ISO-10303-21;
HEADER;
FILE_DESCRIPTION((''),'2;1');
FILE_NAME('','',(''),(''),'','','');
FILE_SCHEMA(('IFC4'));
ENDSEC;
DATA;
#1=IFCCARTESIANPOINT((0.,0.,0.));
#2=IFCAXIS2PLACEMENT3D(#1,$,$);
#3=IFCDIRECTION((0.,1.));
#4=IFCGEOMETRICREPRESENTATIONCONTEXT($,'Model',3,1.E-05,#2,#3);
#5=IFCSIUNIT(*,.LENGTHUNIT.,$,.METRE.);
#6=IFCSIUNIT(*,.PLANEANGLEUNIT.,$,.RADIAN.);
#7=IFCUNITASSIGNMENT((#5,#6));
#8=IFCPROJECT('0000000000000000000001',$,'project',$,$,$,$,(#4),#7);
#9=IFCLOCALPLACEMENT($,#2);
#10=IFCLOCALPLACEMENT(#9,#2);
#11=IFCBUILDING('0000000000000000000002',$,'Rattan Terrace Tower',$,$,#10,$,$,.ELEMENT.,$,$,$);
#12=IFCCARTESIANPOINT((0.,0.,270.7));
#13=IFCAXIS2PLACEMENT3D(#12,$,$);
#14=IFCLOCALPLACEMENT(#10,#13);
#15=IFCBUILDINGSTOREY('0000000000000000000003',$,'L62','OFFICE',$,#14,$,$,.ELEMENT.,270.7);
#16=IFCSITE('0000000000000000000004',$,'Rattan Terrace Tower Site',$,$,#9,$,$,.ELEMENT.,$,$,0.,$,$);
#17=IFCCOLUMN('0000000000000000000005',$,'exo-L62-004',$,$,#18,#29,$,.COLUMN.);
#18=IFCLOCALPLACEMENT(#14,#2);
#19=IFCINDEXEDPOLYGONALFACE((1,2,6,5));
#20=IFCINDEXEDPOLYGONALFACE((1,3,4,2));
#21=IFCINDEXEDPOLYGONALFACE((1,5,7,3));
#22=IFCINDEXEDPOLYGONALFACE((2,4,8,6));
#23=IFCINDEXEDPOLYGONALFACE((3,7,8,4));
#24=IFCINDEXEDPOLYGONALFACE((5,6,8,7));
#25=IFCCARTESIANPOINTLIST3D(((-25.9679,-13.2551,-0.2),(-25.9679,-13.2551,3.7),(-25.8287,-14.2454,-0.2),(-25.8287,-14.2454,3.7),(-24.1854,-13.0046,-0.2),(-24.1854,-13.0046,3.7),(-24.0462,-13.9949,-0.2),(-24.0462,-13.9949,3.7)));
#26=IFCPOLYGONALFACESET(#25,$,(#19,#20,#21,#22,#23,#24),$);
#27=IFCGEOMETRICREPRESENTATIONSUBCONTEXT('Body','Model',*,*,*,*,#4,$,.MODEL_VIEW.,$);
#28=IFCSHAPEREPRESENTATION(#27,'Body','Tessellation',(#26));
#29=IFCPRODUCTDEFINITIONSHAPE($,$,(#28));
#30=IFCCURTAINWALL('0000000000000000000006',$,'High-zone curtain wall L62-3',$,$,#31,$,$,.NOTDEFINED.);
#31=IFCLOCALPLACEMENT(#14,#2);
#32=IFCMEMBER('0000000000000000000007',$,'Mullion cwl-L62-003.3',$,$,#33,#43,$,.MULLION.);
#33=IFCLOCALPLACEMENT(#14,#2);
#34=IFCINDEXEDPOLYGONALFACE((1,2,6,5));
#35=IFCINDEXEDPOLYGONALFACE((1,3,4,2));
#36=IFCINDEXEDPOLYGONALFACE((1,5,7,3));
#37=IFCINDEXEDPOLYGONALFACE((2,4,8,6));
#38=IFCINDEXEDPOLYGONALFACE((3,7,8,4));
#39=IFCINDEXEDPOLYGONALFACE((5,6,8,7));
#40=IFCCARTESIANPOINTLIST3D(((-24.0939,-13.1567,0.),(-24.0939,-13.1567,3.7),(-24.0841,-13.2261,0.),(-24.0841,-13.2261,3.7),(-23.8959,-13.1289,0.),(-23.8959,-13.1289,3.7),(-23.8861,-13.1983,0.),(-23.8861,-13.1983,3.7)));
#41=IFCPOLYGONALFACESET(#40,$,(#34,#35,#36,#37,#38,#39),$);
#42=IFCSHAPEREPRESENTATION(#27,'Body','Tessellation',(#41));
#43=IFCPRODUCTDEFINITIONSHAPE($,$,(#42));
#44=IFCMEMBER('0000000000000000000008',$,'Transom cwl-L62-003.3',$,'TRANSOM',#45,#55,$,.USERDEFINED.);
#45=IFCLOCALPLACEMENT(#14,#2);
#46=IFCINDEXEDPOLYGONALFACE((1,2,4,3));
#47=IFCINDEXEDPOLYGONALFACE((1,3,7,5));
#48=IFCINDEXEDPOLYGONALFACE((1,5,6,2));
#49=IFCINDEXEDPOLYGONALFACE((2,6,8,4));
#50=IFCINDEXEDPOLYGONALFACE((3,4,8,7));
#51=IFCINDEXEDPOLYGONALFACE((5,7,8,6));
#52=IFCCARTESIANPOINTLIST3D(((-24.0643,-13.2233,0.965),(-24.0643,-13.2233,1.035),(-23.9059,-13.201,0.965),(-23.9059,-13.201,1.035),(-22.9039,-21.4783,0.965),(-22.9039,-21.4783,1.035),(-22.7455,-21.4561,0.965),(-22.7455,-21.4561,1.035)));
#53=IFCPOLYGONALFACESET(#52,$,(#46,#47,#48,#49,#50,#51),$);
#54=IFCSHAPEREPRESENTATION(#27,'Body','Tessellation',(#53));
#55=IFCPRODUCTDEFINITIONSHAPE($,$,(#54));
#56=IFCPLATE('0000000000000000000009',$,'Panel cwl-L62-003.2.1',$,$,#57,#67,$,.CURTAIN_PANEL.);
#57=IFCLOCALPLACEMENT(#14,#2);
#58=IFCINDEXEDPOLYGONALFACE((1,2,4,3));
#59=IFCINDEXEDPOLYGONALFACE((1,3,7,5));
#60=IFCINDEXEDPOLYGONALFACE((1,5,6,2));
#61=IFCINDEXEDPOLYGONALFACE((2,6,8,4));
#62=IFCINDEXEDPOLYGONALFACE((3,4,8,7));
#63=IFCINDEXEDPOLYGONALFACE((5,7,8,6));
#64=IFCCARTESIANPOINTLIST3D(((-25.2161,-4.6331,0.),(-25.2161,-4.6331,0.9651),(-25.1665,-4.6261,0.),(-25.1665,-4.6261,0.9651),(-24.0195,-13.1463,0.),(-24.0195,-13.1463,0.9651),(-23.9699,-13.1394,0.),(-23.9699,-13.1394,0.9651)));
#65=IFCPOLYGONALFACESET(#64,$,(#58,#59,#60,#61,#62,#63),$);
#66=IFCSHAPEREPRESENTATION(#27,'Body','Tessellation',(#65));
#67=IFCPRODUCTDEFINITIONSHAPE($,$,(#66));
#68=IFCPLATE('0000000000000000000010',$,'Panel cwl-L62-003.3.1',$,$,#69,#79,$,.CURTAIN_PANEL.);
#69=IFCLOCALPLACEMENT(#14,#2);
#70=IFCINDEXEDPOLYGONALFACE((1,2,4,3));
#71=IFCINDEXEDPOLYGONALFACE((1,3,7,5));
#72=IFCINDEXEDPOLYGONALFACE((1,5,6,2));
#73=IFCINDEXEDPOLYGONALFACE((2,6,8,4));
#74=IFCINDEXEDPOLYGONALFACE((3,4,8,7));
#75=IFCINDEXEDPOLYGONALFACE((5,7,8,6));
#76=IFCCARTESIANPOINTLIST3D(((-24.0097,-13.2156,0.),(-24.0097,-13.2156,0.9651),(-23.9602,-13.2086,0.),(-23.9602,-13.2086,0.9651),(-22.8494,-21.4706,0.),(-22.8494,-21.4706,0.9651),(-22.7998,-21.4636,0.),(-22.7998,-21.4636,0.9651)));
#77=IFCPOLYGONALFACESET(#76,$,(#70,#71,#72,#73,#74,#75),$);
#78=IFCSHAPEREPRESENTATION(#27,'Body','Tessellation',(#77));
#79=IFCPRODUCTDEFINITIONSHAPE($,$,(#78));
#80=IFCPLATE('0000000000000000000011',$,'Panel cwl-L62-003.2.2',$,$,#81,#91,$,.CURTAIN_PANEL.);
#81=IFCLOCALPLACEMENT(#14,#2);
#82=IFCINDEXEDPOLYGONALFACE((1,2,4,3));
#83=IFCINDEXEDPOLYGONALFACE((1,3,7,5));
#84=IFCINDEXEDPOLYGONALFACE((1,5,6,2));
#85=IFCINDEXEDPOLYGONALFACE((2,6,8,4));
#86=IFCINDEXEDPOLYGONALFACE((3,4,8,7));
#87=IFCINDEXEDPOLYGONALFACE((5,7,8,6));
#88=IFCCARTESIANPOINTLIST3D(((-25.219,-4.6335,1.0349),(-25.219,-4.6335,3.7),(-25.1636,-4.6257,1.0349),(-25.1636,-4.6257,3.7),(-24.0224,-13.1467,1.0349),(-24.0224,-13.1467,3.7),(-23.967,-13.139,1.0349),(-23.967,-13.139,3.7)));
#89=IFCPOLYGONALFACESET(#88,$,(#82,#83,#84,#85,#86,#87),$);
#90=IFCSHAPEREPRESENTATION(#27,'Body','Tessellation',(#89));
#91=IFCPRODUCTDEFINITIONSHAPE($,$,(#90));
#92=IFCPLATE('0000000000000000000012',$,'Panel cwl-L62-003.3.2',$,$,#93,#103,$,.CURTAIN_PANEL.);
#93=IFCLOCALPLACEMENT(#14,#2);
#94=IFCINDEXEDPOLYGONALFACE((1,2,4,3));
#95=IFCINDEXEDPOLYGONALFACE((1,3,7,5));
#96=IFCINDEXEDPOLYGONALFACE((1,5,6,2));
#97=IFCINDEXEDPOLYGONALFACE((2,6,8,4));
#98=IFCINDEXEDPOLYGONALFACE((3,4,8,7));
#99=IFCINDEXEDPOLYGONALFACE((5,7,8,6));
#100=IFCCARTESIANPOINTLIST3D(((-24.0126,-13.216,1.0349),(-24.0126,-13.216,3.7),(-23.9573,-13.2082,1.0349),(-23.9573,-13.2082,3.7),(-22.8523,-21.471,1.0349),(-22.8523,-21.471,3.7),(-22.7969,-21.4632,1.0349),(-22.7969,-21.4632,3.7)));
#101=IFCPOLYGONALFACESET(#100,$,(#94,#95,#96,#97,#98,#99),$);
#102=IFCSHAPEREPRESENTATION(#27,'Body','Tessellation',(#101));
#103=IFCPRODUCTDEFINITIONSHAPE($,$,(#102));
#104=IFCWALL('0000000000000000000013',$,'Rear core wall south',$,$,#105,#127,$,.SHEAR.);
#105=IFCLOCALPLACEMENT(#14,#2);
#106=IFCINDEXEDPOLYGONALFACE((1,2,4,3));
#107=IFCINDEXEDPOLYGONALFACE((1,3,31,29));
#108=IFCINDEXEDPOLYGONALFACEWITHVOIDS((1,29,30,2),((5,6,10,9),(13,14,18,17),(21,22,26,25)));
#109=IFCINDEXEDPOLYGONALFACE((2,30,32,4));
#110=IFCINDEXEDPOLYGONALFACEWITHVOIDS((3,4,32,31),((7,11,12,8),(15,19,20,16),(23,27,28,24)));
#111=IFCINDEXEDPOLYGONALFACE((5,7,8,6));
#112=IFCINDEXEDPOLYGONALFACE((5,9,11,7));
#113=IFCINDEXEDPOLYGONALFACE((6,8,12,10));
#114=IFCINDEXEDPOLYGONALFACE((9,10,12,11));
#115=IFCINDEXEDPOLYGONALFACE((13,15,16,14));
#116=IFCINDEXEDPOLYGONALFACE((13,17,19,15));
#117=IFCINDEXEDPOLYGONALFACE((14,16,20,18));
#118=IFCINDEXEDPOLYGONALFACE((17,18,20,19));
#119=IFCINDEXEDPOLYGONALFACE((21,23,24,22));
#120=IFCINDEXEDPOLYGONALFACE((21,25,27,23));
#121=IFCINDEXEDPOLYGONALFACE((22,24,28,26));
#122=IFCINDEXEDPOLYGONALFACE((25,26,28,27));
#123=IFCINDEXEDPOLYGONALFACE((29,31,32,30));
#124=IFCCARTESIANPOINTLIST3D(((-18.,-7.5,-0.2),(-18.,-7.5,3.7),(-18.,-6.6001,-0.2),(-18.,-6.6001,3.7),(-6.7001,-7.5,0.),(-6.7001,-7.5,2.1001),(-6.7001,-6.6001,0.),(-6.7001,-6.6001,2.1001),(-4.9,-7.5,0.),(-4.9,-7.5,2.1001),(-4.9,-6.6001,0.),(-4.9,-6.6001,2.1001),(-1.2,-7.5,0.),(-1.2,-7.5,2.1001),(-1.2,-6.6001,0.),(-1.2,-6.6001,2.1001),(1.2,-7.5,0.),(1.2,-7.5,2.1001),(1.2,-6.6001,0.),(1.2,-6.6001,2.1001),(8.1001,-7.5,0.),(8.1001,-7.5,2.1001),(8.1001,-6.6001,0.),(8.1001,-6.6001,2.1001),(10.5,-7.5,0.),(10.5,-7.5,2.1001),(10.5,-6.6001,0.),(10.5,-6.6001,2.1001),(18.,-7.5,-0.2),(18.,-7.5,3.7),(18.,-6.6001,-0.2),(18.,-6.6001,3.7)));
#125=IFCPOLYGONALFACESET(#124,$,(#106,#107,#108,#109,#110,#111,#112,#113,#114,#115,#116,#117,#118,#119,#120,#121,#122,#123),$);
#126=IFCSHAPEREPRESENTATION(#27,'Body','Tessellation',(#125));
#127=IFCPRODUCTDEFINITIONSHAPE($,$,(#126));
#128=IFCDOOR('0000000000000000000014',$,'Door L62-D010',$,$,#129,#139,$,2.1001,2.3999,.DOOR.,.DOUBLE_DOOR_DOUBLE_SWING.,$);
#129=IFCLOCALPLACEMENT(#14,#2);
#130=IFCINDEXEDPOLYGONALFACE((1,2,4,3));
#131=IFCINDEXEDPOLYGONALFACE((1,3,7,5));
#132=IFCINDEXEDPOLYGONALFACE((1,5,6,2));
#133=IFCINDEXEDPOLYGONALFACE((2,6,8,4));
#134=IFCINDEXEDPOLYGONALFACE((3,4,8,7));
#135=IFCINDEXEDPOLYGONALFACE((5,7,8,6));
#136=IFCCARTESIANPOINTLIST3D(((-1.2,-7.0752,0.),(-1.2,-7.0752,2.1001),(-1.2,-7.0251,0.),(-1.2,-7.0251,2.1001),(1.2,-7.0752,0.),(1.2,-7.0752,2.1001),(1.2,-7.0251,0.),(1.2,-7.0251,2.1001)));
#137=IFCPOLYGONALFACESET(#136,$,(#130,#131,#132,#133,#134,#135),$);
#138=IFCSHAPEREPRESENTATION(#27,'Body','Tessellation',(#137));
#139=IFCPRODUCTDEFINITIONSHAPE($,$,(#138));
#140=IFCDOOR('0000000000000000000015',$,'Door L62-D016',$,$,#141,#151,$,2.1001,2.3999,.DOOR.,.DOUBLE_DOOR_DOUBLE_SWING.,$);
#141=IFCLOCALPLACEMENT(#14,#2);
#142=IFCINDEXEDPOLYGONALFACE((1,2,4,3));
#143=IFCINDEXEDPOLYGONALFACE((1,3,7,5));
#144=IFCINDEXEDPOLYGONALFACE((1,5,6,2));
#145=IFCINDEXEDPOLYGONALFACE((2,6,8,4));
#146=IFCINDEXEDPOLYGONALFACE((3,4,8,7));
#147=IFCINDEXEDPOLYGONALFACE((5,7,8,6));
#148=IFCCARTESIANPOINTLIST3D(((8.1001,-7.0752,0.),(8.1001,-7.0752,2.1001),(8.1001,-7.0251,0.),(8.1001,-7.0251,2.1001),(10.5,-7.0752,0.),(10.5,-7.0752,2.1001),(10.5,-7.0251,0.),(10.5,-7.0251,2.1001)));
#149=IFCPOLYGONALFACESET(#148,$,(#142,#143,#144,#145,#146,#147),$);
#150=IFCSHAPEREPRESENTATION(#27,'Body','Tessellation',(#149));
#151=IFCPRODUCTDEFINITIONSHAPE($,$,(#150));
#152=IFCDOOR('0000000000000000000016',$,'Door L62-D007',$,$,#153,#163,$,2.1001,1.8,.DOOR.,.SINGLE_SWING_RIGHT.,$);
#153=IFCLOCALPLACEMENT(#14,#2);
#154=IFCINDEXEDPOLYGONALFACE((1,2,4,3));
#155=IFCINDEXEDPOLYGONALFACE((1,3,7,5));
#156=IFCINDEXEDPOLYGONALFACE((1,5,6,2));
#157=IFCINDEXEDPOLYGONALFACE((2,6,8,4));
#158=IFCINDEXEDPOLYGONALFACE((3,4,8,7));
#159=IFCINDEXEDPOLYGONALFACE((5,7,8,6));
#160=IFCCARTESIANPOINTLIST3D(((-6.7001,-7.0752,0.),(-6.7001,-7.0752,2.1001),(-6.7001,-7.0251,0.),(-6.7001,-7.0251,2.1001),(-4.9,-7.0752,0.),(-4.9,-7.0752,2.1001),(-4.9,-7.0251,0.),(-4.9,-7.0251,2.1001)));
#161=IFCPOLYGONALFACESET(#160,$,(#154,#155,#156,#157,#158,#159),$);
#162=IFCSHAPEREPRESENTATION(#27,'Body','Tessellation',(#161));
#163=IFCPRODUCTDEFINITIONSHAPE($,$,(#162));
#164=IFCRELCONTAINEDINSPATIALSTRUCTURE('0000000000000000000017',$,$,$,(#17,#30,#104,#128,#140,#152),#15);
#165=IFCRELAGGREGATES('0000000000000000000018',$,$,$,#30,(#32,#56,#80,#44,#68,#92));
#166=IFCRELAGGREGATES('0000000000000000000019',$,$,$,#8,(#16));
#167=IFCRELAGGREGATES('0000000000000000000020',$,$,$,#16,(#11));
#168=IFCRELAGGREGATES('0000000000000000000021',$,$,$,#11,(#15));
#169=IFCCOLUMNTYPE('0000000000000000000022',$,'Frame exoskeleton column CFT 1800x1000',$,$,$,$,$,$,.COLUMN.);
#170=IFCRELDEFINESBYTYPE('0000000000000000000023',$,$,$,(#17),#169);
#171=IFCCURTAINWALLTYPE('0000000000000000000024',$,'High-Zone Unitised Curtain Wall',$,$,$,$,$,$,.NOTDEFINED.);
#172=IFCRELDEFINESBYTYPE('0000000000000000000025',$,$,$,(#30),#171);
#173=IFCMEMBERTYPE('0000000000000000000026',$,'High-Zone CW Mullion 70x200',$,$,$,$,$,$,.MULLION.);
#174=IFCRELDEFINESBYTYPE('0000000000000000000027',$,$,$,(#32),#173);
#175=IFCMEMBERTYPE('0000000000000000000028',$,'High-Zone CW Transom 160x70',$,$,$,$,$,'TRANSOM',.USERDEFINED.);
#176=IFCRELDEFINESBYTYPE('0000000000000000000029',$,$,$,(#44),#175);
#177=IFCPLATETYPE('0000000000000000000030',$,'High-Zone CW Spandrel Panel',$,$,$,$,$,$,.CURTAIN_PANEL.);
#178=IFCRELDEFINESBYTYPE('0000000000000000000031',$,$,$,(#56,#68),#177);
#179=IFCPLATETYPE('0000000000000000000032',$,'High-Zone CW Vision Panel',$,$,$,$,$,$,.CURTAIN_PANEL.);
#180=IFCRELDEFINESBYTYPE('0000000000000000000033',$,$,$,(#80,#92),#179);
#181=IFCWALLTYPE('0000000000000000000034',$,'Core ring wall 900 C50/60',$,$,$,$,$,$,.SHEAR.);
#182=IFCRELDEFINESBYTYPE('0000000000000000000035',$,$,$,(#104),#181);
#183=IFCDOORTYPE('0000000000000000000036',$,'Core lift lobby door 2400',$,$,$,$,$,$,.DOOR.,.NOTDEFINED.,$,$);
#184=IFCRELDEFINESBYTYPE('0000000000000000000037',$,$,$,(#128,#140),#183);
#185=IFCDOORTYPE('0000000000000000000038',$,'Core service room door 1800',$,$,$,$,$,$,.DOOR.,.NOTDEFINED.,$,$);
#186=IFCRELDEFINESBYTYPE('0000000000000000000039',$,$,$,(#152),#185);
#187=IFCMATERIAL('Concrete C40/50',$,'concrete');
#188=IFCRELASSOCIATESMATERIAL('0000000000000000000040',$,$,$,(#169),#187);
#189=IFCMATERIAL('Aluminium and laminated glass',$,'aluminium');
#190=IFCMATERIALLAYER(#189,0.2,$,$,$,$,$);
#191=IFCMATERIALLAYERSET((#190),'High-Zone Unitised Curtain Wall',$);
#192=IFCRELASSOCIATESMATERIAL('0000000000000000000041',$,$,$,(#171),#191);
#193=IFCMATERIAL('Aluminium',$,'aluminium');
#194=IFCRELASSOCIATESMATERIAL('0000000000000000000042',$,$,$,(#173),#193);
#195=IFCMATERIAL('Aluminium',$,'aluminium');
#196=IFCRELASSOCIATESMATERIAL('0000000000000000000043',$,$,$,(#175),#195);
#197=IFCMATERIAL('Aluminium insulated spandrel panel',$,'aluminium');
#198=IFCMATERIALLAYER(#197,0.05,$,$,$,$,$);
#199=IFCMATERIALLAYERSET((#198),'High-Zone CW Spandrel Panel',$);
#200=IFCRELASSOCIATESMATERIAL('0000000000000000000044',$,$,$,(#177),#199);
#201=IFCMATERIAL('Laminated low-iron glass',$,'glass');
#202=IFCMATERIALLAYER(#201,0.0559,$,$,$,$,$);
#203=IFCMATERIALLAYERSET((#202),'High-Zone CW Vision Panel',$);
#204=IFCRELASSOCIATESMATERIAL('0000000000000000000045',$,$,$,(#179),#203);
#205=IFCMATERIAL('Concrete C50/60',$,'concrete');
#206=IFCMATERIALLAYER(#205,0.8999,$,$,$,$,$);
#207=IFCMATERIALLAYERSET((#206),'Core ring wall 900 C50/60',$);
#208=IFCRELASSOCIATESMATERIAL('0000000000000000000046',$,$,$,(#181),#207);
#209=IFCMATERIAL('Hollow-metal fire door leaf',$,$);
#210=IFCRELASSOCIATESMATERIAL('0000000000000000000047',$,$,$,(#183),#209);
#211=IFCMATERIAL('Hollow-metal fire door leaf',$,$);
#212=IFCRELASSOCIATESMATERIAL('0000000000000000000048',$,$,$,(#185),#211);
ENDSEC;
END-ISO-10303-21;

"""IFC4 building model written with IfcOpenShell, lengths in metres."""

from ifc_helpers import new_model, si_unit, direction, frame, frame_2d, origin, origin_2d, place, context, subcontext, project, spatial, rectangle, extrude, material, layer, layer_set, material_profile, profile_set, type_object, element, fill, aggregate, save


model = new_model("IFC4")

# Units and contexts
model_context = context("Model", 3, precision=1e-05, world=origin(), true_north=direction((0.0, 1.0)))
body_context = subcontext(model_context, "Body", "Model", "MODEL_VIEW")
ifc_project = project(units=[si_unit("LENGTHUNIT", "METRE"), si_unit("PLANEANGLEUNIT", "RADIAN")], contexts=[model_context])

# Site, building, storey
site_placement = place(None, origin())
site = spatial("IfcSite", under=ifc_project, at=site_placement, Name="Rattan Terrace Tower Site", CompositionType="ELEMENT", RefElevation=0.0)
building_placement = place(site_placement, origin())
building = spatial("IfcBuilding", under=site, at=building_placement, Name="Rattan Terrace Tower", CompositionType="ELEMENT")
storey_placement = place(building_placement, frame((0.0, 0.0, 270.7)))
storey = spatial("IfcBuildingStorey", under=building, at=storey_placement, Name="L62", Description="OFFICE", CompositionType="ELEMENT", Elevation=270.7)

# Column
ifc_material_1 = material(Name="Concrete C40/50", Category="concrete")
ifc_material_profile_1 = material_profile(ifc_material_1, rectangle(XDim=1.0, YDim=1.8, at=origin_2d()), Name="CFT 1800x1000")
ifc_profile_set_1 = profile_set([ifc_material_profile_1], Name="Concrete C40/50")
column_type = type_object("IfcColumnType", Name="Frame exoskeleton column CFT 1800x1000", PredefinedType="COLUMN", material=ifc_profile_set_1)
column_placement = place(storey_placement, frame((-25.0071, -13.625, -0.2), z_axis=(0.0, 0.0, 1.0), x_axis=(-0.13919, 0.990266, 0.0)))
element("IfcColumn", 1, at=column_placement, inside=storey, type_object=column_type, Name="exo-L62-004", PredefinedType="COLUMN", context=body_context, shape_type="SweptSolid", body=[
    extrude(rectangle(XDim=1.0, YDim=1.8, at=origin_2d()), origin(), (0.0, 0.0, 1.0), 3.8999),
])

# Curtain wall, members, plates
ifc_material_2 = material(Name="Aluminium and laminated glass", Category="aluminium")
ifc_layer_1 = layer(ifc_material_2, 0.2)
ifc_layer_set_1 = layer_set([ifc_layer_1], Name="High-Zone Unitised Curtain Wall")
curtain_wall_type = type_object("IfcCurtainWallType", Name="High-Zone Unitised Curtain Wall", PredefinedType="NOTDEFINED", material=ifc_layer_set_1)
curtain_wall_placement = place(storey_placement, origin())
curtain_wall = element("IfcCurtainWall", 2, at=curtain_wall_placement, inside=storey, type_object=curtain_wall_type, Name="High-zone curtain wall L62-3", PredefinedType="NOTDEFINED")
ifc_material_3 = material(Name="Aluminium", Category="aluminium")
ifc_material_profile_2 = material_profile(ifc_material_3, rectangle(XDim=0.0701, YDim=0.2, at=origin_2d()), Name="Aluminium 70x200")
ifc_profile_set_2 = profile_set([ifc_material_profile_2], Name="Aluminium")
member_type_1 = type_object("IfcMemberType", Name="High-Zone CW Mullion 70x200", PredefinedType="MULLION", material=ifc_profile_set_2)
member_1_placement = place(storey_placement, frame((-23.99, -13.1775, 0.0), z_axis=(0.0, 0.0, 1.0), x_axis=(0.139192, -0.990265, 0.0)))
member_1 = element("IfcMember", 3, at=member_1_placement, type_object=member_type_1, Name="Mullion cwl-L62-003.3", PredefinedType="MULLION", context=body_context, shape_type="SweptSolid", body=[
    extrude(rectangle(XDim=0.0701, YDim=0.2, at=origin_2d()), origin(), (0.0, 0.0, 1.0), 3.7),
])
ifc_material_4 = material(Name="Aluminium", Category="aluminium")
ifc_material_profile_3 = material_profile(ifc_material_4, rectangle(XDim=0.1599, YDim=0.0701, at=origin_2d()), Name="Aluminium 160x70")
ifc_profile_set_3 = profile_set([ifc_material_profile_3], Name="Aluminium")
member_type_2 = type_object("IfcMemberType", Name="High-Zone CW Transom 160x70", ElementType="TRANSOM", PredefinedType="USERDEFINED", material=ifc_profile_set_3)
member_2_placement = place(storey_placement, frame((-23.9851, -13.2122, 1.0), z_axis=(0.139199, -0.990264, 0.0), x_axis=(0.990264, 0.139199, 0.0)))
member_2 = element("IfcMember", 4, at=member_2_placement, type_object=member_type_2, Name="Transom cwl-L62-003.3", ObjectType="TRANSOM", PredefinedType="USERDEFINED", context=body_context, shape_type="SweptSolid", body=[
    extrude(rectangle(XDim=0.1599, YDim=0.0701, at=origin_2d()), origin(), (0.0, 0.0, 1.0), 8.3362),
])
ifc_material_5 = material(Name="Aluminium insulated spandrel panel", Category="aluminium")
ifc_layer_2 = layer(ifc_material_5, 0.05)
ifc_layer_set_2 = layer_set([ifc_layer_2], Name="High-Zone CW Spandrel Panel")
plate_type_1 = type_object("IfcPlateType", Name="High-Zone CW Spandrel Panel", PredefinedType="CURTAIN_PANEL", material=ifc_layer_set_2)
plate_1_placement = place(storey_placement, frame((-24.593, -8.8862, 0.0), z_axis=(0.0, 0.0, 1.0), x_axis=(0.139192, -0.990265, 0.0)))
plate_1 = element("IfcPlate", 5, at=plate_1_placement, type_object=plate_type_1, Name="Panel cwl-L62-003.2.1", PredefinedType="CURTAIN_PANEL", context=body_context, shape_type="SweptSolid", body=[
    extrude(rectangle(XDim=8.5969, YDim=0.05, at=origin_2d()), origin(), (0.0, 0.0, 1.0), 0.9651),
])
plate_2_placement = place(storey_placement, frame((-23.4048, -17.3396, 0.0), z_axis=(0.0, 0.0, 1.0), x_axis=(0.139192, -0.990265, 0.0)))
plate_2 = element("IfcPlate", 6, at=plate_2_placement, type_object=plate_type_1, Name="Panel cwl-L62-003.3.1", PredefinedType="CURTAIN_PANEL", context=body_context, shape_type="SweptSolid", body=[
    extrude(rectangle(XDim=8.3362, YDim=0.05, at=origin_2d()), origin(), (0.0, 0.0, 1.0), 0.9651),
])
ifc_material_6 = material(Name="Laminated low-iron glass", Category="glass")
ifc_layer_3 = layer(ifc_material_6, 0.0559)
ifc_layer_set_3 = layer_set([ifc_layer_3], Name="High-Zone CW Vision Panel")
plate_type_2 = type_object("IfcPlateType", Name="High-Zone CW Vision Panel", PredefinedType="CURTAIN_PANEL", material=ifc_layer_set_3)
plate_3_placement = place(storey_placement, frame((-24.593, -8.8862, 1.0349), z_axis=(0.0, 0.0, 1.0), x_axis=(0.139192, -0.990265, 0.0)))
plate_3 = element("IfcPlate", 7, at=plate_3_placement, type_object=plate_type_2, Name="Panel cwl-L62-003.2.2", PredefinedType="CURTAIN_PANEL", context=body_context, shape_type="SweptSolid", body=[
    extrude(rectangle(XDim=8.5969, YDim=0.0559, at=origin_2d()), origin(), (0.0, 0.0, 1.0), 2.665),
])
plate_4_placement = place(storey_placement, frame((-23.4048, -17.3396, 1.0349), z_axis=(0.0, 0.0, 1.0), x_axis=(0.139192, -0.990265, 0.0)))
plate_4 = element("IfcPlate", 8, at=plate_4_placement, type_object=plate_type_2, Name="Panel cwl-L62-003.3.2", PredefinedType="CURTAIN_PANEL", context=body_context, shape_type="SweptSolid", body=[
    extrude(rectangle(XDim=8.3362, YDim=0.0559, at=origin_2d()), origin(), (0.0, 0.0, 1.0), 2.665),
])
aggregate(curtain_wall, [member_1, plate_1, plate_3, member_2, plate_2, plate_4])

# Wall, openings, doors
ifc_material_7 = material(Name="Concrete C50/60", Category="concrete")
ifc_layer_4 = layer(ifc_material_7, 0.8999)
ifc_layer_set_4 = layer_set([ifc_layer_4], Name="Core ring wall 900 C50/60")
wall_type_1 = type_object("IfcWallType", Name="Core ring wall 900 C50/60", PredefinedType="SHEAR", material=ifc_layer_set_4)
wall_1_placement = place(storey_placement, frame((-18.0, -7.05, -0.2), z_axis=(0.0, 0.0, 1.0), x_axis=(1.0, 0.0, 0.0)))
wall_1 = element("IfcWall", 9, at=wall_1_placement, inside=storey, type_object=wall_type_1, Name="Rear core wall south", PredefinedType="SHEAR", context=body_context, shape_type="SweptSolid", body=[
    extrude(rectangle(XDim=36.0, YDim=0.8999, at=frame_2d((18.0, 0.0))), origin(), (0.0, 0.0, 1.0), 3.8999),
])
opening_1_placement = place(wall_1_placement, frame((11.3, 0.0, 0.2)))
opening_1 = element("IfcOpeningElement", 10, at=opening_1_placement, cuts=wall_1, PredefinedType="OPENING", context=body_context, shape_type="SweptSolid", body=[
    extrude(rectangle(XDim=1.8, YDim=2.1001, at=frame_2d((0.8999, 1.05))), frame((0.0, 0.4604, 0.0), z_axis=(0.0, -1.0, 0.0), x_axis=(1.0, 0.0, 0.0)), (0.0, 0.0, 1.0), 0.9209),
])
opening_2_placement = place(wall_1_placement, frame((16.8, 0.0, 0.2)))
opening_2 = element("IfcOpeningElement", 11, at=opening_2_placement, cuts=wall_1, PredefinedType="OPENING", context=body_context, shape_type="SweptSolid", body=[
    extrude(rectangle(XDim=2.3999, YDim=2.1001, at=frame_2d((1.2, 1.05))), frame((0.0, 0.4604, 0.0), z_axis=(0.0, -1.0, 0.0), x_axis=(1.0, 0.0, 0.0)), (0.0, 0.0, 1.0), 0.9209),
])
opening_3_placement = place(wall_1_placement, frame((26.1001, 0.0, 0.2)))
opening_3 = element("IfcOpeningElement", 12, at=opening_3_placement, cuts=wall_1, PredefinedType="OPENING", context=body_context, shape_type="SweptSolid", body=[
    extrude(rectangle(XDim=2.3999, YDim=2.1001, at=frame_2d((1.2, 1.05))), frame((0.0, 0.4604, 0.0), z_axis=(0.0, -1.0, 0.0), x_axis=(1.0, 0.0, 0.0)), (0.0, 0.0, 1.0), 0.9209),
])
ifc_material_8 = material(Name="Hollow-metal fire door leaf")
door_type_1 = type_object("IfcDoorType", Name="Core lift lobby door 2400", OperationType="NOTDEFINED", PredefinedType="DOOR", material=ifc_material_8)
door_1_placement = place(opening_2_placement, origin())
door_1 = element("IfcDoor", 13, at=door_1_placement, inside=storey, type_object=door_type_1, Name="Door L62-D010", OperationType="DOUBLE_DOOR_DOUBLE_SWING", OverallHeight=2.1001, OverallWidth=2.3999, PredefinedType="DOOR", context=body_context, shape_type="SweptSolid", body=[
    extrude(rectangle(XDim=2.3999, YDim=2.1001, at=frame_2d((1.2, 1.05))), frame((0.0, 0.0249, 0.0), z_axis=(0.0, -1.0, 0.0), x_axis=(1.0, 0.0, 0.0)), (0.0, 0.0, 1.0), 0.05),
])
fill(opening_2, door_1)
door_2_placement = place(opening_3_placement, origin())
door_2 = element("IfcDoor", 14, at=door_2_placement, inside=storey, type_object=door_type_1, Name="Door L62-D016", OperationType="DOUBLE_DOOR_DOUBLE_SWING", OverallHeight=2.1001, OverallWidth=2.3999, PredefinedType="DOOR", context=body_context, shape_type="SweptSolid", body=[
    extrude(rectangle(XDim=2.3999, YDim=2.1001, at=frame_2d((1.2, 1.05))), frame((0.0, 0.0249, 0.0), z_axis=(0.0, -1.0, 0.0), x_axis=(1.0, 0.0, 0.0)), (0.0, 0.0, 1.0), 0.05),
])
fill(opening_3, door_2)
ifc_material_9 = material(Name="Hollow-metal fire door leaf")
door_type_2 = type_object("IfcDoorType", Name="Core service room door 1800", OperationType="NOTDEFINED", PredefinedType="DOOR", material=ifc_material_9)
door_3_placement = place(opening_1_placement, origin())
door_3 = element("IfcDoor", 15, at=door_3_placement, inside=storey, type_object=door_type_2, Name="Door L62-D007", OperationType="SINGLE_SWING_RIGHT", OverallHeight=2.1001, OverallWidth=1.8, PredefinedType="DOOR", context=body_context, shape_type="SweptSolid", body=[
    extrude(rectangle(XDim=1.8, YDim=2.1001, at=frame_2d((0.8999, 1.05))), frame((0.0, 0.0249, 0.0), z_axis=(0.0, -1.0, 0.0), x_axis=(1.0, 0.0, 0.0)), (0.0, 0.0, 1.0), 0.05),
])
fill(opening_1, door_3)

save(model, "model.ifc")
